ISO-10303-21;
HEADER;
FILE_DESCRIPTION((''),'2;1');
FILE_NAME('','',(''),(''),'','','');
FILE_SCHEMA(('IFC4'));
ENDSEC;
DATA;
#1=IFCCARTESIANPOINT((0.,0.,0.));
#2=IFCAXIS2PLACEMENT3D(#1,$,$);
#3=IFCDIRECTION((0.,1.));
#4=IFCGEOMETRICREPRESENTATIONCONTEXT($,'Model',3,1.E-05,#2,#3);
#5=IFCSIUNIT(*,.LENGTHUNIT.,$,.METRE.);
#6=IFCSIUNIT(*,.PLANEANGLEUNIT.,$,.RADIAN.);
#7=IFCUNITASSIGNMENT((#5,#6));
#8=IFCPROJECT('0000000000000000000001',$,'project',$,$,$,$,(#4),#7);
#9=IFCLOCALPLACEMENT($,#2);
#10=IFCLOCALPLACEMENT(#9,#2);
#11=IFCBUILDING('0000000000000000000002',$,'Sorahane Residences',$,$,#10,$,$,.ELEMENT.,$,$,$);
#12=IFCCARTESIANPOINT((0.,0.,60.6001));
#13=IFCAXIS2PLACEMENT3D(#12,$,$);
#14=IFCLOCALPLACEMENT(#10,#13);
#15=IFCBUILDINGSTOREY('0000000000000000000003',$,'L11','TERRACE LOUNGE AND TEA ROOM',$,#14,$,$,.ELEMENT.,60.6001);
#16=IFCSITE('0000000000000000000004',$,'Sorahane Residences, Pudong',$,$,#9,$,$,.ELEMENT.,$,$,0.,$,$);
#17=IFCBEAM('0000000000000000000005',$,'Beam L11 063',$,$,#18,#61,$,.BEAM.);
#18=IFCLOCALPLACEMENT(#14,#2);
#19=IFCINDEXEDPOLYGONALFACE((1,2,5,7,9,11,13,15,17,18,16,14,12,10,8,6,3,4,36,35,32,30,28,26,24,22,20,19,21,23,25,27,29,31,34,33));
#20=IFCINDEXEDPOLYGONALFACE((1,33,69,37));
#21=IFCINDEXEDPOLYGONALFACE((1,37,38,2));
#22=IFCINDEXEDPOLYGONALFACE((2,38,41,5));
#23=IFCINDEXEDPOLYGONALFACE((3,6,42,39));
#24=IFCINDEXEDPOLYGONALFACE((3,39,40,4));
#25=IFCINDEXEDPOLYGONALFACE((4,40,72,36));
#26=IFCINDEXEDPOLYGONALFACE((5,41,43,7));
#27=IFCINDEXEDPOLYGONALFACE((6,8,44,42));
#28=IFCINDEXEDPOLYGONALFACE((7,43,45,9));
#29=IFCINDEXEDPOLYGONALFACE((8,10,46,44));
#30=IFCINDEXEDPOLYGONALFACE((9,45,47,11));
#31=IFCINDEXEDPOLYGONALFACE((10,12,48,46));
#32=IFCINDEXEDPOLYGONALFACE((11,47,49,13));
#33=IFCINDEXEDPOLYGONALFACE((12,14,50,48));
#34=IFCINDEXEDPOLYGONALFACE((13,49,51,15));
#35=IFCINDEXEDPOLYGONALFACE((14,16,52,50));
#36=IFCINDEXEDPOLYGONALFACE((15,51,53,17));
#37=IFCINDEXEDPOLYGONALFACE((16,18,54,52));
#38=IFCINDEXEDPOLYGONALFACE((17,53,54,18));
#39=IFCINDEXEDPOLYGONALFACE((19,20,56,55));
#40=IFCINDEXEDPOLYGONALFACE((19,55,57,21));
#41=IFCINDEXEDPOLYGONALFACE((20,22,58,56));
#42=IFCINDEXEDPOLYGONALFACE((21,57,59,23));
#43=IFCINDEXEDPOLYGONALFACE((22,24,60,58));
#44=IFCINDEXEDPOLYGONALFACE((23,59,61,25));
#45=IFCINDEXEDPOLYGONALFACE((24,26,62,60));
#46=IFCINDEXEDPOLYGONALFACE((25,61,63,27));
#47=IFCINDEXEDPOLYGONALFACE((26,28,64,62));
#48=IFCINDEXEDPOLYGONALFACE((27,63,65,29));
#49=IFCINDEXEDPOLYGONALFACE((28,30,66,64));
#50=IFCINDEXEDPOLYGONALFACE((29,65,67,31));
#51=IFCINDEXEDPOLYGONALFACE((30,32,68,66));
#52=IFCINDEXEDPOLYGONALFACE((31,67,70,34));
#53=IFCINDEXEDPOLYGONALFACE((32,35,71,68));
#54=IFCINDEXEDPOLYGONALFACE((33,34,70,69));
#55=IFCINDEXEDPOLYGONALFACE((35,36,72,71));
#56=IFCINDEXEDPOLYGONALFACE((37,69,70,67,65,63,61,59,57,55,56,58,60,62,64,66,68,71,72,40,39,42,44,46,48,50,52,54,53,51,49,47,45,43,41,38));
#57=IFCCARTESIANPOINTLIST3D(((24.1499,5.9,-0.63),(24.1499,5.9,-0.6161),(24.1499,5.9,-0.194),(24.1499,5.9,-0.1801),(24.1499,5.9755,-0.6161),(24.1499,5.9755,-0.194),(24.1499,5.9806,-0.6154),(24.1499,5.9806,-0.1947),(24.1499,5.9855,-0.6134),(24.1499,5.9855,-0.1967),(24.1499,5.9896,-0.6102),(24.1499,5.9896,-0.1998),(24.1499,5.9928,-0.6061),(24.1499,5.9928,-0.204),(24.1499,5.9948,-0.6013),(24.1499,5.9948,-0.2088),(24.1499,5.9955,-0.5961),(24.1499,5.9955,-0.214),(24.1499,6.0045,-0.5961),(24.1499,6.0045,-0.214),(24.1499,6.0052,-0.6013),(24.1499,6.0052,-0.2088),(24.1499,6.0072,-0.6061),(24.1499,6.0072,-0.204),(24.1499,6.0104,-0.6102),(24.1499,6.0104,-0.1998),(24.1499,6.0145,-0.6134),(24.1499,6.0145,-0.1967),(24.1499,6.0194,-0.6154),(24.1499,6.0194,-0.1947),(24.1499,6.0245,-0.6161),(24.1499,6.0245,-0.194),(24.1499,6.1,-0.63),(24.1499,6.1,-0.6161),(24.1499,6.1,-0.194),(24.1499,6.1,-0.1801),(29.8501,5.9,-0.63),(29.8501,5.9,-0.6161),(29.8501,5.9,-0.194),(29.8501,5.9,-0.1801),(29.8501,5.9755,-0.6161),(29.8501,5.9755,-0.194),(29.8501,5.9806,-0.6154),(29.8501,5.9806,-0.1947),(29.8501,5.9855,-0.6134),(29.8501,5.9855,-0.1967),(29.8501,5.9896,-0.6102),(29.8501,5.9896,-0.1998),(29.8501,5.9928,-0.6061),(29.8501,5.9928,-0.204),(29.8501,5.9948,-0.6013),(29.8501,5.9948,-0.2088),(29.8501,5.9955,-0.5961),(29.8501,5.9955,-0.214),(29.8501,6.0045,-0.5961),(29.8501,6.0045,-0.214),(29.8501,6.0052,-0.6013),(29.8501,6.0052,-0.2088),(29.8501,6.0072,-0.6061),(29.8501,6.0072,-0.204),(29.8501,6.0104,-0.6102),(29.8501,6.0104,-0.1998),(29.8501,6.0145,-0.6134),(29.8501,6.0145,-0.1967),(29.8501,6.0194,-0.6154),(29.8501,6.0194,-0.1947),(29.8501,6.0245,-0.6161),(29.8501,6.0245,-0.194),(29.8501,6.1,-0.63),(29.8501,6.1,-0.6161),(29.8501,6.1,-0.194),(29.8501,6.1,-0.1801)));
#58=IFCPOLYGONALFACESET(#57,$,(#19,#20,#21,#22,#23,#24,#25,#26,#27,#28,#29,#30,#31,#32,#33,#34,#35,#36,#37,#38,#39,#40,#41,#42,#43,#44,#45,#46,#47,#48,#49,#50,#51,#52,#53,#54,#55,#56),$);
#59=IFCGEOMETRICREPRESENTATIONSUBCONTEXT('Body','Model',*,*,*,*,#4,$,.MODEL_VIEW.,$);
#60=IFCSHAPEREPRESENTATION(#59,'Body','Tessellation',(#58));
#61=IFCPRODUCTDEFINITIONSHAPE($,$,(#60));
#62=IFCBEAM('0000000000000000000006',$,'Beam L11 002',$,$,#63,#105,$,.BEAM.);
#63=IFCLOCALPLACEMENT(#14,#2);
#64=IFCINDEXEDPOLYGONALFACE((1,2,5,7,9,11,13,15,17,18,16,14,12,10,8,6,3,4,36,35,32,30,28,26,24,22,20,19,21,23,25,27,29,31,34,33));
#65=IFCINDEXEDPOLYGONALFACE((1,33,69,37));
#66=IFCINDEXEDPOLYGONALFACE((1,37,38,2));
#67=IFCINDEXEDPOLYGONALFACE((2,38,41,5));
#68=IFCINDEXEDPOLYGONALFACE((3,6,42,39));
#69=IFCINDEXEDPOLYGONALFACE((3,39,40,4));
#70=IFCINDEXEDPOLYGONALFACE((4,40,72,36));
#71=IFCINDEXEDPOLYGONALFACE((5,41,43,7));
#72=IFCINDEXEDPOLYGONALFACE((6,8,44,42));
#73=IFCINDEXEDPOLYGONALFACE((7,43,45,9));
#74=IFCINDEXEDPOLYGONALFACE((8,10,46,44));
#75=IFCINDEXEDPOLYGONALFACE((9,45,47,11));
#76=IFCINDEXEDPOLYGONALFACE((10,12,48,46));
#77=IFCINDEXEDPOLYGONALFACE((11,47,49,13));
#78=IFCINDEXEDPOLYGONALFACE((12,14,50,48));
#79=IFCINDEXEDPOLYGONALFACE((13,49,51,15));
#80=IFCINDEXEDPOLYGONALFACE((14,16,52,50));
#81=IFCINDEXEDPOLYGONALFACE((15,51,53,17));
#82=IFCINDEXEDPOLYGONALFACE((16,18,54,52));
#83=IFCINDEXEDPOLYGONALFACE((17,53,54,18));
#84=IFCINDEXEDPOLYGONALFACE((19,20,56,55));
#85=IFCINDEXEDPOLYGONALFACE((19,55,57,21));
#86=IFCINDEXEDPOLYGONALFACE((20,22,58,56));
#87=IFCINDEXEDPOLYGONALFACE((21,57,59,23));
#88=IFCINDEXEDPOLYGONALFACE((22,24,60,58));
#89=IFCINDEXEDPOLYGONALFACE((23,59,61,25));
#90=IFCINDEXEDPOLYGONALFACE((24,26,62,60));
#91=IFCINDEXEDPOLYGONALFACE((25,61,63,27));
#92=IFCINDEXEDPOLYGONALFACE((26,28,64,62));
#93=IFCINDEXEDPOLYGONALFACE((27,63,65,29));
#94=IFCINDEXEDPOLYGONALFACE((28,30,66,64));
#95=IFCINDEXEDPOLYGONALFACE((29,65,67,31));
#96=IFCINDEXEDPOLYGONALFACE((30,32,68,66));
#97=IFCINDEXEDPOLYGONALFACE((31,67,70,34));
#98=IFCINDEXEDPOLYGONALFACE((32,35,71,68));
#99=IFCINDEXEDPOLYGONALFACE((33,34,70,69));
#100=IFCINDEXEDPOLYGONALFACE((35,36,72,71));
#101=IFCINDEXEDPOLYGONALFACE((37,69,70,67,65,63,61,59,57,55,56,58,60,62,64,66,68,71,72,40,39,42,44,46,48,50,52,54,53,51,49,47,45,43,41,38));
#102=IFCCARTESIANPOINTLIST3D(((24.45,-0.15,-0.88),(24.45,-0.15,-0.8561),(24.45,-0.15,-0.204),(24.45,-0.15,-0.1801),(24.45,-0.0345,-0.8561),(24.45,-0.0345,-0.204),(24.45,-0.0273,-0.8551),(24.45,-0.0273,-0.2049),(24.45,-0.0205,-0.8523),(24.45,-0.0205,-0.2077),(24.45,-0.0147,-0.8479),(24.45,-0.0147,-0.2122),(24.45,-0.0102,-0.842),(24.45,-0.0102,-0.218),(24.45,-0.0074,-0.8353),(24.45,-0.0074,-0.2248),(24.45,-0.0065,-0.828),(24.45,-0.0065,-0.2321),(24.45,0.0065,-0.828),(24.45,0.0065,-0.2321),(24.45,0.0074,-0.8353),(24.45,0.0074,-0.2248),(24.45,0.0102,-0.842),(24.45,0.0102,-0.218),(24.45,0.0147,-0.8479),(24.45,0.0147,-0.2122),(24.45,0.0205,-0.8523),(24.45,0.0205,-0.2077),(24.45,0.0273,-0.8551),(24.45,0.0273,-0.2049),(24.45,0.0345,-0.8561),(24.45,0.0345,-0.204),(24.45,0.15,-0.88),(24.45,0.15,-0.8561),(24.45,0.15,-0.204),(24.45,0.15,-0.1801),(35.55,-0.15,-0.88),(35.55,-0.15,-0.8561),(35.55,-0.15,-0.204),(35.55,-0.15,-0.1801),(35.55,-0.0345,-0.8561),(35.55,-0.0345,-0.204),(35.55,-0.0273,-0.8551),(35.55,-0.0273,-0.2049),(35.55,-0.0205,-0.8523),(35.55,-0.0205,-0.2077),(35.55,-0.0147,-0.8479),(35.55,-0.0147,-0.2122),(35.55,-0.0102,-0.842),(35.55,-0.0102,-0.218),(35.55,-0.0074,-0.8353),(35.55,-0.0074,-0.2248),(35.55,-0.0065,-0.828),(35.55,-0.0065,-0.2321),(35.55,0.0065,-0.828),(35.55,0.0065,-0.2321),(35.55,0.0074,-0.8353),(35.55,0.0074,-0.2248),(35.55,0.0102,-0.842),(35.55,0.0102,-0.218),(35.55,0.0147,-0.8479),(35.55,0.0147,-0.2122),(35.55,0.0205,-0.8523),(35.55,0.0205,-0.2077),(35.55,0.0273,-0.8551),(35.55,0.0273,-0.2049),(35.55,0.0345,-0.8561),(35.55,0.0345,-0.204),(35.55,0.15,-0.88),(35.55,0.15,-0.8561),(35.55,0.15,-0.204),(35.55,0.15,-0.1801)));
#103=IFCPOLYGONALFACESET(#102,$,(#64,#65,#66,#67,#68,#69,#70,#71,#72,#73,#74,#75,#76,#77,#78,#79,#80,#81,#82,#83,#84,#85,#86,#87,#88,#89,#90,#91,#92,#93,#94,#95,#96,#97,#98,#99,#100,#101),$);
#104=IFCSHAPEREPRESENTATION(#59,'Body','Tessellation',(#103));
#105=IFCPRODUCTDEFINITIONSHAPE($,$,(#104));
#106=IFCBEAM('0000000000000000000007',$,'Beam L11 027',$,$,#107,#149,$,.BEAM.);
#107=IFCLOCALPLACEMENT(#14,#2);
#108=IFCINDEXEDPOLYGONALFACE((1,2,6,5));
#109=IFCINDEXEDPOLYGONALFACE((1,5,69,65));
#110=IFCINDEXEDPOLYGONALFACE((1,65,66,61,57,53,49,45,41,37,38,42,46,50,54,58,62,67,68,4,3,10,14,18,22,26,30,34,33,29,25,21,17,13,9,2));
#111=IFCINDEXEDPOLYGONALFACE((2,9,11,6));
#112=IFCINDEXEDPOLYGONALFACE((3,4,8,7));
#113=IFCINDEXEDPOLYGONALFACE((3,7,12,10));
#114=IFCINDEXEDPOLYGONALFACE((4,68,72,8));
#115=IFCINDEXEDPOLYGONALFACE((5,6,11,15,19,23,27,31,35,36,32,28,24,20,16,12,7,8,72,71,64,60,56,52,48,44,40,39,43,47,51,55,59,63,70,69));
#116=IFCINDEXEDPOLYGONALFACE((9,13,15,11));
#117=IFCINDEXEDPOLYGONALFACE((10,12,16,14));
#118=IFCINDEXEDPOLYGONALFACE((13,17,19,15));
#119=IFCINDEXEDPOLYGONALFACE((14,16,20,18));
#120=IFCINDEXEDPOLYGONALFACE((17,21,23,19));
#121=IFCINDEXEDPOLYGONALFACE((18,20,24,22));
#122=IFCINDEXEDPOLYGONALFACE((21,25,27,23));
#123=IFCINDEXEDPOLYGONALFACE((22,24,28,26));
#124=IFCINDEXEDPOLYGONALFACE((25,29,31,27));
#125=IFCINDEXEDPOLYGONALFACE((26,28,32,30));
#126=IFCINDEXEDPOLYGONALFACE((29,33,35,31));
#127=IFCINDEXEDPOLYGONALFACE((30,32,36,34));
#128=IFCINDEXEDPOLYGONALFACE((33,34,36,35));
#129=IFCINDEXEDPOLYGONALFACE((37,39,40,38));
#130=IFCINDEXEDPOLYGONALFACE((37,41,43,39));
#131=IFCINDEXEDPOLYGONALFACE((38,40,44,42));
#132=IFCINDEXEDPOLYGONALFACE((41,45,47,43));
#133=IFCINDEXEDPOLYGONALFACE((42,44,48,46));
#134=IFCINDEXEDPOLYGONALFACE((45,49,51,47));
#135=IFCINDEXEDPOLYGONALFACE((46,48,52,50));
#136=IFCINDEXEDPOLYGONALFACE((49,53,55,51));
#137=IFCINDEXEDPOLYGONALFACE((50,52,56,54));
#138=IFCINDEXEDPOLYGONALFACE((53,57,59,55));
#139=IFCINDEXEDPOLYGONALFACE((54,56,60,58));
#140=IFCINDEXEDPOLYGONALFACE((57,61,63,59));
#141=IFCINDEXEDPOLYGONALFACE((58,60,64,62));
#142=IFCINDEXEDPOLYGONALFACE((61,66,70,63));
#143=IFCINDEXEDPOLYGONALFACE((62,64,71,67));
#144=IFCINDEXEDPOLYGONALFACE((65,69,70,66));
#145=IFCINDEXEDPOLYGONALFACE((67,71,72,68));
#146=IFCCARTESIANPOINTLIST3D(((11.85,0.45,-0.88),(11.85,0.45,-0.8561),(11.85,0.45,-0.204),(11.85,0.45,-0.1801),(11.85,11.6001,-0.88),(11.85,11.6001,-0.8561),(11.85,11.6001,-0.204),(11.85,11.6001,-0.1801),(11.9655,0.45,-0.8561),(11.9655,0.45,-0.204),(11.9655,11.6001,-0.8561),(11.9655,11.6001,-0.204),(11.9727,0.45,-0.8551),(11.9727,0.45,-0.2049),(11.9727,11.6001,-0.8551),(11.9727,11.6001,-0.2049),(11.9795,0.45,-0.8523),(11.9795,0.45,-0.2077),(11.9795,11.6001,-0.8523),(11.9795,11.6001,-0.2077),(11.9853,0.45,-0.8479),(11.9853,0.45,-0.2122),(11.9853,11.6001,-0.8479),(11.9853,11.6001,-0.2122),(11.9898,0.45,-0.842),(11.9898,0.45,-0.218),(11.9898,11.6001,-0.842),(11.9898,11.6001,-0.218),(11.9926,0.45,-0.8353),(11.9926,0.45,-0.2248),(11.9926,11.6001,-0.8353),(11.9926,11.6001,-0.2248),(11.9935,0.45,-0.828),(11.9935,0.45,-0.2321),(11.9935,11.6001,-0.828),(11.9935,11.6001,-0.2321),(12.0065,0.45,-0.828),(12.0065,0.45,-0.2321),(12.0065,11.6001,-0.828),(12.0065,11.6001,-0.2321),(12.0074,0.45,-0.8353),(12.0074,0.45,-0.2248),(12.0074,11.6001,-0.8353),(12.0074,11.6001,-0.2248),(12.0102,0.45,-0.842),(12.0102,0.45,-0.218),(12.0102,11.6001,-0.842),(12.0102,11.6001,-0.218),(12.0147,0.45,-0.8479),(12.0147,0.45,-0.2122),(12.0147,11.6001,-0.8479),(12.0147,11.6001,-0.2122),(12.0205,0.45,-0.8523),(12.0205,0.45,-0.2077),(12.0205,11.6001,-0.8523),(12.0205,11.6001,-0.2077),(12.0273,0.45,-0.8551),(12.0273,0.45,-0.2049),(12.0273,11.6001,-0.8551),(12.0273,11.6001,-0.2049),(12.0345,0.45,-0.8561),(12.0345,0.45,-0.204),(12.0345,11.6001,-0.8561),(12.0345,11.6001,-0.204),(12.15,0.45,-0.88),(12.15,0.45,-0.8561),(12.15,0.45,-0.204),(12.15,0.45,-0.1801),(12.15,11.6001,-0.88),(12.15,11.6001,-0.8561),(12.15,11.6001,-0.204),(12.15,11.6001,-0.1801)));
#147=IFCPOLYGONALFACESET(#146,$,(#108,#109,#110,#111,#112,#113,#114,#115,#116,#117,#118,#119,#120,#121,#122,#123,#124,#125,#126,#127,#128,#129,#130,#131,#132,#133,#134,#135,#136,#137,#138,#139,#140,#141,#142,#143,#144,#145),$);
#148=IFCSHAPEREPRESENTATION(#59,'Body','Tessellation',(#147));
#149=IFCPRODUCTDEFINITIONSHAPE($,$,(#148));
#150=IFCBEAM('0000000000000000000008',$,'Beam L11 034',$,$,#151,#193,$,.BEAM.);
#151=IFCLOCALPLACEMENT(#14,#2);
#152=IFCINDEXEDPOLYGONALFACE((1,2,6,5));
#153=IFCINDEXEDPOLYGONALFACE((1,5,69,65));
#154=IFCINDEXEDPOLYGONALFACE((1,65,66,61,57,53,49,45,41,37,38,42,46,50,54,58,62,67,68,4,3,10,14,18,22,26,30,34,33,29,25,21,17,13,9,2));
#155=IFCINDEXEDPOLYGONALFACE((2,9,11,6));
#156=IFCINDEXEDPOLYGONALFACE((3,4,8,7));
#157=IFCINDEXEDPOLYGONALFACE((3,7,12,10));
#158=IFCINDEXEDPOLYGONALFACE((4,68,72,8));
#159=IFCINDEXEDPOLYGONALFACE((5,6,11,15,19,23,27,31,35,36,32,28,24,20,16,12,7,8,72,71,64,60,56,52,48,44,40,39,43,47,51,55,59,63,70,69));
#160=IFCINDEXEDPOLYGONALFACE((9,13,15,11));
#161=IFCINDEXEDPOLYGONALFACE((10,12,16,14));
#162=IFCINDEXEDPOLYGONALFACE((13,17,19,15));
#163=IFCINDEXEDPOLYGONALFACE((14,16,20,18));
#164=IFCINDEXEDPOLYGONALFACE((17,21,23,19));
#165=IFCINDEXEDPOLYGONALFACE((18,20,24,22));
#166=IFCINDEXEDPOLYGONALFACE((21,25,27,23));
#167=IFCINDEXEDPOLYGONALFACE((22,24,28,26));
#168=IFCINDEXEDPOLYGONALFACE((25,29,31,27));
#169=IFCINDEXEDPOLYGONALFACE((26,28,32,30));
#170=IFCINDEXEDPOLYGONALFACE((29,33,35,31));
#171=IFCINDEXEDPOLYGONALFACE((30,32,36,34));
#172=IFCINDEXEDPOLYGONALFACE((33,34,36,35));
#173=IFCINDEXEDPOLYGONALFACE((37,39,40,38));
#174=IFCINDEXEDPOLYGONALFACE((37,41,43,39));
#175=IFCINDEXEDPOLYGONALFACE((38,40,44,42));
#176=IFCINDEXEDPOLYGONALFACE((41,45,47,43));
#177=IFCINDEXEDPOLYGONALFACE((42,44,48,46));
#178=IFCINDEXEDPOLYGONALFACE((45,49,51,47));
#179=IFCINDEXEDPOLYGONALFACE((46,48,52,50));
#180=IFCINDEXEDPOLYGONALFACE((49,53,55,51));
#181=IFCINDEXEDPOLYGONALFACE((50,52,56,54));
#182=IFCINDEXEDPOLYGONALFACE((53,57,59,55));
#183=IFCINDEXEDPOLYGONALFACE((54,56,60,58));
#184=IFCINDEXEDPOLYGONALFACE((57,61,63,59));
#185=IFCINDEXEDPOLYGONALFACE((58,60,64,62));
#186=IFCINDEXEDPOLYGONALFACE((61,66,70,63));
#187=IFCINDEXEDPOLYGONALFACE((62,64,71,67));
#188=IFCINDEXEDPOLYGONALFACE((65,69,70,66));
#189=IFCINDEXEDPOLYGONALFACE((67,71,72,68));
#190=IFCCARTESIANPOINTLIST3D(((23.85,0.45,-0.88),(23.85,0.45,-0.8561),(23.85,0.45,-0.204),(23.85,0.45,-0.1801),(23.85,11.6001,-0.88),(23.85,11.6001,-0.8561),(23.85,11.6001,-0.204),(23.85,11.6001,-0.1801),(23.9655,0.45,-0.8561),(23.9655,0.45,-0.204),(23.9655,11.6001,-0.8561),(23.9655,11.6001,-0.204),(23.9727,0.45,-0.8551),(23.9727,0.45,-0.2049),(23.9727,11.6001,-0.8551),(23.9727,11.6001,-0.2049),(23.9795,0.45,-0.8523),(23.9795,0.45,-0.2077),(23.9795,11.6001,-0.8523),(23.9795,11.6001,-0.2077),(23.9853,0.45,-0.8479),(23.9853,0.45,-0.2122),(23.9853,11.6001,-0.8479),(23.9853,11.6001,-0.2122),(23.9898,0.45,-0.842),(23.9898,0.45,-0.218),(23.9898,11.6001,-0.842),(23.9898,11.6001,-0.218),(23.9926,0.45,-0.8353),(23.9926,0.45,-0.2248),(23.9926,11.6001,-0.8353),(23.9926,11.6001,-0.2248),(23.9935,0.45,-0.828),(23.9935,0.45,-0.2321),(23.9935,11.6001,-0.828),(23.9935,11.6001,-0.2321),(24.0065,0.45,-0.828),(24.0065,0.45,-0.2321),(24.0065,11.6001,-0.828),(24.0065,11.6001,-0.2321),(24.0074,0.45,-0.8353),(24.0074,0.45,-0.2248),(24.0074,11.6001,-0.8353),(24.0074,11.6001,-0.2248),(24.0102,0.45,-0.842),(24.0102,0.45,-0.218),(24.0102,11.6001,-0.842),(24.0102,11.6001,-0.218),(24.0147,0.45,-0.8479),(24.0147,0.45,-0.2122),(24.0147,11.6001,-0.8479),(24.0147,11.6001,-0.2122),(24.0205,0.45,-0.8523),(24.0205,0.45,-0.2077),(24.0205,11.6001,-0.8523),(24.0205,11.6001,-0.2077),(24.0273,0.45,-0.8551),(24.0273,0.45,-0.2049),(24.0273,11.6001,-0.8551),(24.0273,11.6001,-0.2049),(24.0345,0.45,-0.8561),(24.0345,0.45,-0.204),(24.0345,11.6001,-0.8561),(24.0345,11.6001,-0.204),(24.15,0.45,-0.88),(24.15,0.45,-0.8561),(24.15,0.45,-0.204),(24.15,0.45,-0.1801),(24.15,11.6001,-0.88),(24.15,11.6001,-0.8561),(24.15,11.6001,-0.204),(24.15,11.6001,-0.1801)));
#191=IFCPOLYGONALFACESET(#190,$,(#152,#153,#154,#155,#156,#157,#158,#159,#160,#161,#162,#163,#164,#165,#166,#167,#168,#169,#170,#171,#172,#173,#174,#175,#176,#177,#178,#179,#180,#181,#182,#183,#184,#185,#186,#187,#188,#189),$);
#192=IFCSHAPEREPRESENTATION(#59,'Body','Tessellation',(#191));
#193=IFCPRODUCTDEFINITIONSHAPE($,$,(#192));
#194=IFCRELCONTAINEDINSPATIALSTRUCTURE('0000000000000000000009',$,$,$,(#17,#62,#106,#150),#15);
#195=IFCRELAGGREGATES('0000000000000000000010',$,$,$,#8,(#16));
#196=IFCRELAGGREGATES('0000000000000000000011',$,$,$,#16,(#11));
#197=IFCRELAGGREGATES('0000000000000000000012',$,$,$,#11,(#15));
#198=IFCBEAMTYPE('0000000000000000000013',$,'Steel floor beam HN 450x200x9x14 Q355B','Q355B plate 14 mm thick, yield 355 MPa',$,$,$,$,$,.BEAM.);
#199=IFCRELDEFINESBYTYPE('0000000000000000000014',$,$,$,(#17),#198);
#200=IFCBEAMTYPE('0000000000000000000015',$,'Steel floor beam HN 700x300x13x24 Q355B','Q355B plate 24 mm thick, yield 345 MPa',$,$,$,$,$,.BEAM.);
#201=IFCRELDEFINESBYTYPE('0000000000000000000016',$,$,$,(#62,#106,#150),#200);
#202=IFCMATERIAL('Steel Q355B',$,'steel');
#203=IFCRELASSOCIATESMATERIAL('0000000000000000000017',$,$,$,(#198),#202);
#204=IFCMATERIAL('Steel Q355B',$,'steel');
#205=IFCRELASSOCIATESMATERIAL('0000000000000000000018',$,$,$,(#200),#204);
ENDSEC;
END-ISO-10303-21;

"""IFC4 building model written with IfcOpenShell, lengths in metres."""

from ifc_helpers import new_model, si_unit, direction, frame, origin, origin_2d, place, context, subcontext, project, spatial, i_section, extrude, material, material_profile, profile_set, type_object, element, save


model = new_model("IFC4")

# Units and contexts
model_context = context("Model", 3, precision=1e-05, world=origin(), true_north=direction((0.0, 1.0)))
body_context = subcontext(model_context, "Body", "Model", "MODEL_VIEW")
ifc_project = project(units=[si_unit("LENGTHUNIT", "METRE"), si_unit("PLANEANGLEUNIT", "RADIAN")], contexts=[model_context])

# Site, building, storey
site_placement = place(None, origin())
site = spatial("IfcSite", under=ifc_project, at=site_placement, Name="Sorahane Residences, Pudong", CompositionType="ELEMENT", RefElevation=0.0)
building_placement = place(site_placement, origin())
building = spatial("IfcBuilding", under=site, at=building_placement, Name="Sorahane Residences", CompositionType="ELEMENT")
storey_placement = place(building_placement, frame((0.0, 0.0, 60.6001)))
storey = spatial("IfcBuildingStorey", under=building, at=storey_placement, Name="L11", Description="TERRACE LOUNGE AND TEA ROOM", CompositionType="ELEMENT", Elevation=60.6001)

# Beams
ifc_material_1 = material(Name="Steel Q355B", Category="steel")
ifc_material_profile_1 = material_profile(ifc_material_1, i_section(OverallWidth=0.2, OverallDepth=0.45, WebThickness=0.009, FlangeThickness=0.0139, FilletRadius=0.02, at=origin_2d()), Name="HN 450x200x9x14")
ifc_profile_set_1 = profile_set([ifc_material_profile_1], Name="Steel Q355B")
beam_type_1 = type_object("IfcBeamType", Name="Steel floor beam HN 450x200x9x14 Q355B", Description="Q355B plate 14 mm thick, yield 355 MPa", PredefinedType="BEAM", material=ifc_profile_set_1)
beam_1_placement = place(storey_placement, frame((24.1499, 6.0, -0.405), z_axis=(1.0, 0.0, 0.0), x_axis=(0.0, 1.0, 0.0)))
element("IfcBeam", 1, at=beam_1_placement, inside=storey, type_object=beam_type_1, Name="Beam L11 063", PredefinedType="BEAM", context=body_context, shape_type="SweptSolid", body=[
    extrude(i_section(OverallWidth=0.2, OverallDepth=0.45, WebThickness=0.009, FlangeThickness=0.0139, FilletRadius=0.02, at=origin_2d()), origin(), (0.0, 0.0, 1.0), 5.7002),
])
ifc_material_2 = material(Name="Steel Q355B", Category="steel")
ifc_material_profile_2 = material_profile(ifc_material_2, i_section(OverallWidth=0.3, OverallDepth=0.7, WebThickness=0.0129, FlangeThickness=0.0239, FilletRadius=0.0281, at=origin_2d()), Name="HN 700x300x13x24")
ifc_profile_set_2 = profile_set([ifc_material_profile_2], Name="Steel Q355B")
beam_type_2 = type_object("IfcBeamType", Name="Steel floor beam HN 700x300x13x24 Q355B", Description="Q355B plate 24 mm thick, yield 345 MPa", PredefinedType="BEAM", material=ifc_profile_set_2)
beam_2_placement = place(storey_placement, frame((24.45, 0.0, -0.53), z_axis=(1.0, 0.0, 0.0), x_axis=(0.0, 1.0, 0.0)))
element("IfcBeam", 2, at=beam_2_placement, inside=storey, type_object=beam_type_2, Name="Beam L11 002", PredefinedType="BEAM", context=body_context, shape_type="SweptSolid", body=[
    extrude(i_section(OverallWidth=0.3, OverallDepth=0.7, WebThickness=0.0129, FlangeThickness=0.0239, FilletRadius=0.0281, at=origin_2d()), origin(), (0.0, 0.0, 1.0), 11.1001),
])
for number, where, z_axis, x_axis, name in (
    (3, (12.0, 0.45, -0.53), (0.0, 1.0, 0.0), (-1.0, 0.0, 0.0), "Beam L11 027"),
    (4, (24.0, 0.45, -0.53), (0.0, 1.0, 0.0), (-1.0, 0.0, 0.0), "Beam L11 034"),
):
    element("IfcBeam", number, at=place(storey_placement, frame(where, z_axis=z_axis, x_axis=x_axis)), inside=storey, type_object=beam_type_2, Name=name, PredefinedType="BEAM", context=body_context, shape_type="SweptSolid", body=[
        extrude(i_section(OverallWidth=0.3, OverallDepth=0.7, WebThickness=0.0129, FlangeThickness=0.0239, FilletRadius=0.0281, at=origin_2d()), origin(), (0.0, 0.0, 1.0), 11.1501),
    ])

save(model, "model.ifc")
